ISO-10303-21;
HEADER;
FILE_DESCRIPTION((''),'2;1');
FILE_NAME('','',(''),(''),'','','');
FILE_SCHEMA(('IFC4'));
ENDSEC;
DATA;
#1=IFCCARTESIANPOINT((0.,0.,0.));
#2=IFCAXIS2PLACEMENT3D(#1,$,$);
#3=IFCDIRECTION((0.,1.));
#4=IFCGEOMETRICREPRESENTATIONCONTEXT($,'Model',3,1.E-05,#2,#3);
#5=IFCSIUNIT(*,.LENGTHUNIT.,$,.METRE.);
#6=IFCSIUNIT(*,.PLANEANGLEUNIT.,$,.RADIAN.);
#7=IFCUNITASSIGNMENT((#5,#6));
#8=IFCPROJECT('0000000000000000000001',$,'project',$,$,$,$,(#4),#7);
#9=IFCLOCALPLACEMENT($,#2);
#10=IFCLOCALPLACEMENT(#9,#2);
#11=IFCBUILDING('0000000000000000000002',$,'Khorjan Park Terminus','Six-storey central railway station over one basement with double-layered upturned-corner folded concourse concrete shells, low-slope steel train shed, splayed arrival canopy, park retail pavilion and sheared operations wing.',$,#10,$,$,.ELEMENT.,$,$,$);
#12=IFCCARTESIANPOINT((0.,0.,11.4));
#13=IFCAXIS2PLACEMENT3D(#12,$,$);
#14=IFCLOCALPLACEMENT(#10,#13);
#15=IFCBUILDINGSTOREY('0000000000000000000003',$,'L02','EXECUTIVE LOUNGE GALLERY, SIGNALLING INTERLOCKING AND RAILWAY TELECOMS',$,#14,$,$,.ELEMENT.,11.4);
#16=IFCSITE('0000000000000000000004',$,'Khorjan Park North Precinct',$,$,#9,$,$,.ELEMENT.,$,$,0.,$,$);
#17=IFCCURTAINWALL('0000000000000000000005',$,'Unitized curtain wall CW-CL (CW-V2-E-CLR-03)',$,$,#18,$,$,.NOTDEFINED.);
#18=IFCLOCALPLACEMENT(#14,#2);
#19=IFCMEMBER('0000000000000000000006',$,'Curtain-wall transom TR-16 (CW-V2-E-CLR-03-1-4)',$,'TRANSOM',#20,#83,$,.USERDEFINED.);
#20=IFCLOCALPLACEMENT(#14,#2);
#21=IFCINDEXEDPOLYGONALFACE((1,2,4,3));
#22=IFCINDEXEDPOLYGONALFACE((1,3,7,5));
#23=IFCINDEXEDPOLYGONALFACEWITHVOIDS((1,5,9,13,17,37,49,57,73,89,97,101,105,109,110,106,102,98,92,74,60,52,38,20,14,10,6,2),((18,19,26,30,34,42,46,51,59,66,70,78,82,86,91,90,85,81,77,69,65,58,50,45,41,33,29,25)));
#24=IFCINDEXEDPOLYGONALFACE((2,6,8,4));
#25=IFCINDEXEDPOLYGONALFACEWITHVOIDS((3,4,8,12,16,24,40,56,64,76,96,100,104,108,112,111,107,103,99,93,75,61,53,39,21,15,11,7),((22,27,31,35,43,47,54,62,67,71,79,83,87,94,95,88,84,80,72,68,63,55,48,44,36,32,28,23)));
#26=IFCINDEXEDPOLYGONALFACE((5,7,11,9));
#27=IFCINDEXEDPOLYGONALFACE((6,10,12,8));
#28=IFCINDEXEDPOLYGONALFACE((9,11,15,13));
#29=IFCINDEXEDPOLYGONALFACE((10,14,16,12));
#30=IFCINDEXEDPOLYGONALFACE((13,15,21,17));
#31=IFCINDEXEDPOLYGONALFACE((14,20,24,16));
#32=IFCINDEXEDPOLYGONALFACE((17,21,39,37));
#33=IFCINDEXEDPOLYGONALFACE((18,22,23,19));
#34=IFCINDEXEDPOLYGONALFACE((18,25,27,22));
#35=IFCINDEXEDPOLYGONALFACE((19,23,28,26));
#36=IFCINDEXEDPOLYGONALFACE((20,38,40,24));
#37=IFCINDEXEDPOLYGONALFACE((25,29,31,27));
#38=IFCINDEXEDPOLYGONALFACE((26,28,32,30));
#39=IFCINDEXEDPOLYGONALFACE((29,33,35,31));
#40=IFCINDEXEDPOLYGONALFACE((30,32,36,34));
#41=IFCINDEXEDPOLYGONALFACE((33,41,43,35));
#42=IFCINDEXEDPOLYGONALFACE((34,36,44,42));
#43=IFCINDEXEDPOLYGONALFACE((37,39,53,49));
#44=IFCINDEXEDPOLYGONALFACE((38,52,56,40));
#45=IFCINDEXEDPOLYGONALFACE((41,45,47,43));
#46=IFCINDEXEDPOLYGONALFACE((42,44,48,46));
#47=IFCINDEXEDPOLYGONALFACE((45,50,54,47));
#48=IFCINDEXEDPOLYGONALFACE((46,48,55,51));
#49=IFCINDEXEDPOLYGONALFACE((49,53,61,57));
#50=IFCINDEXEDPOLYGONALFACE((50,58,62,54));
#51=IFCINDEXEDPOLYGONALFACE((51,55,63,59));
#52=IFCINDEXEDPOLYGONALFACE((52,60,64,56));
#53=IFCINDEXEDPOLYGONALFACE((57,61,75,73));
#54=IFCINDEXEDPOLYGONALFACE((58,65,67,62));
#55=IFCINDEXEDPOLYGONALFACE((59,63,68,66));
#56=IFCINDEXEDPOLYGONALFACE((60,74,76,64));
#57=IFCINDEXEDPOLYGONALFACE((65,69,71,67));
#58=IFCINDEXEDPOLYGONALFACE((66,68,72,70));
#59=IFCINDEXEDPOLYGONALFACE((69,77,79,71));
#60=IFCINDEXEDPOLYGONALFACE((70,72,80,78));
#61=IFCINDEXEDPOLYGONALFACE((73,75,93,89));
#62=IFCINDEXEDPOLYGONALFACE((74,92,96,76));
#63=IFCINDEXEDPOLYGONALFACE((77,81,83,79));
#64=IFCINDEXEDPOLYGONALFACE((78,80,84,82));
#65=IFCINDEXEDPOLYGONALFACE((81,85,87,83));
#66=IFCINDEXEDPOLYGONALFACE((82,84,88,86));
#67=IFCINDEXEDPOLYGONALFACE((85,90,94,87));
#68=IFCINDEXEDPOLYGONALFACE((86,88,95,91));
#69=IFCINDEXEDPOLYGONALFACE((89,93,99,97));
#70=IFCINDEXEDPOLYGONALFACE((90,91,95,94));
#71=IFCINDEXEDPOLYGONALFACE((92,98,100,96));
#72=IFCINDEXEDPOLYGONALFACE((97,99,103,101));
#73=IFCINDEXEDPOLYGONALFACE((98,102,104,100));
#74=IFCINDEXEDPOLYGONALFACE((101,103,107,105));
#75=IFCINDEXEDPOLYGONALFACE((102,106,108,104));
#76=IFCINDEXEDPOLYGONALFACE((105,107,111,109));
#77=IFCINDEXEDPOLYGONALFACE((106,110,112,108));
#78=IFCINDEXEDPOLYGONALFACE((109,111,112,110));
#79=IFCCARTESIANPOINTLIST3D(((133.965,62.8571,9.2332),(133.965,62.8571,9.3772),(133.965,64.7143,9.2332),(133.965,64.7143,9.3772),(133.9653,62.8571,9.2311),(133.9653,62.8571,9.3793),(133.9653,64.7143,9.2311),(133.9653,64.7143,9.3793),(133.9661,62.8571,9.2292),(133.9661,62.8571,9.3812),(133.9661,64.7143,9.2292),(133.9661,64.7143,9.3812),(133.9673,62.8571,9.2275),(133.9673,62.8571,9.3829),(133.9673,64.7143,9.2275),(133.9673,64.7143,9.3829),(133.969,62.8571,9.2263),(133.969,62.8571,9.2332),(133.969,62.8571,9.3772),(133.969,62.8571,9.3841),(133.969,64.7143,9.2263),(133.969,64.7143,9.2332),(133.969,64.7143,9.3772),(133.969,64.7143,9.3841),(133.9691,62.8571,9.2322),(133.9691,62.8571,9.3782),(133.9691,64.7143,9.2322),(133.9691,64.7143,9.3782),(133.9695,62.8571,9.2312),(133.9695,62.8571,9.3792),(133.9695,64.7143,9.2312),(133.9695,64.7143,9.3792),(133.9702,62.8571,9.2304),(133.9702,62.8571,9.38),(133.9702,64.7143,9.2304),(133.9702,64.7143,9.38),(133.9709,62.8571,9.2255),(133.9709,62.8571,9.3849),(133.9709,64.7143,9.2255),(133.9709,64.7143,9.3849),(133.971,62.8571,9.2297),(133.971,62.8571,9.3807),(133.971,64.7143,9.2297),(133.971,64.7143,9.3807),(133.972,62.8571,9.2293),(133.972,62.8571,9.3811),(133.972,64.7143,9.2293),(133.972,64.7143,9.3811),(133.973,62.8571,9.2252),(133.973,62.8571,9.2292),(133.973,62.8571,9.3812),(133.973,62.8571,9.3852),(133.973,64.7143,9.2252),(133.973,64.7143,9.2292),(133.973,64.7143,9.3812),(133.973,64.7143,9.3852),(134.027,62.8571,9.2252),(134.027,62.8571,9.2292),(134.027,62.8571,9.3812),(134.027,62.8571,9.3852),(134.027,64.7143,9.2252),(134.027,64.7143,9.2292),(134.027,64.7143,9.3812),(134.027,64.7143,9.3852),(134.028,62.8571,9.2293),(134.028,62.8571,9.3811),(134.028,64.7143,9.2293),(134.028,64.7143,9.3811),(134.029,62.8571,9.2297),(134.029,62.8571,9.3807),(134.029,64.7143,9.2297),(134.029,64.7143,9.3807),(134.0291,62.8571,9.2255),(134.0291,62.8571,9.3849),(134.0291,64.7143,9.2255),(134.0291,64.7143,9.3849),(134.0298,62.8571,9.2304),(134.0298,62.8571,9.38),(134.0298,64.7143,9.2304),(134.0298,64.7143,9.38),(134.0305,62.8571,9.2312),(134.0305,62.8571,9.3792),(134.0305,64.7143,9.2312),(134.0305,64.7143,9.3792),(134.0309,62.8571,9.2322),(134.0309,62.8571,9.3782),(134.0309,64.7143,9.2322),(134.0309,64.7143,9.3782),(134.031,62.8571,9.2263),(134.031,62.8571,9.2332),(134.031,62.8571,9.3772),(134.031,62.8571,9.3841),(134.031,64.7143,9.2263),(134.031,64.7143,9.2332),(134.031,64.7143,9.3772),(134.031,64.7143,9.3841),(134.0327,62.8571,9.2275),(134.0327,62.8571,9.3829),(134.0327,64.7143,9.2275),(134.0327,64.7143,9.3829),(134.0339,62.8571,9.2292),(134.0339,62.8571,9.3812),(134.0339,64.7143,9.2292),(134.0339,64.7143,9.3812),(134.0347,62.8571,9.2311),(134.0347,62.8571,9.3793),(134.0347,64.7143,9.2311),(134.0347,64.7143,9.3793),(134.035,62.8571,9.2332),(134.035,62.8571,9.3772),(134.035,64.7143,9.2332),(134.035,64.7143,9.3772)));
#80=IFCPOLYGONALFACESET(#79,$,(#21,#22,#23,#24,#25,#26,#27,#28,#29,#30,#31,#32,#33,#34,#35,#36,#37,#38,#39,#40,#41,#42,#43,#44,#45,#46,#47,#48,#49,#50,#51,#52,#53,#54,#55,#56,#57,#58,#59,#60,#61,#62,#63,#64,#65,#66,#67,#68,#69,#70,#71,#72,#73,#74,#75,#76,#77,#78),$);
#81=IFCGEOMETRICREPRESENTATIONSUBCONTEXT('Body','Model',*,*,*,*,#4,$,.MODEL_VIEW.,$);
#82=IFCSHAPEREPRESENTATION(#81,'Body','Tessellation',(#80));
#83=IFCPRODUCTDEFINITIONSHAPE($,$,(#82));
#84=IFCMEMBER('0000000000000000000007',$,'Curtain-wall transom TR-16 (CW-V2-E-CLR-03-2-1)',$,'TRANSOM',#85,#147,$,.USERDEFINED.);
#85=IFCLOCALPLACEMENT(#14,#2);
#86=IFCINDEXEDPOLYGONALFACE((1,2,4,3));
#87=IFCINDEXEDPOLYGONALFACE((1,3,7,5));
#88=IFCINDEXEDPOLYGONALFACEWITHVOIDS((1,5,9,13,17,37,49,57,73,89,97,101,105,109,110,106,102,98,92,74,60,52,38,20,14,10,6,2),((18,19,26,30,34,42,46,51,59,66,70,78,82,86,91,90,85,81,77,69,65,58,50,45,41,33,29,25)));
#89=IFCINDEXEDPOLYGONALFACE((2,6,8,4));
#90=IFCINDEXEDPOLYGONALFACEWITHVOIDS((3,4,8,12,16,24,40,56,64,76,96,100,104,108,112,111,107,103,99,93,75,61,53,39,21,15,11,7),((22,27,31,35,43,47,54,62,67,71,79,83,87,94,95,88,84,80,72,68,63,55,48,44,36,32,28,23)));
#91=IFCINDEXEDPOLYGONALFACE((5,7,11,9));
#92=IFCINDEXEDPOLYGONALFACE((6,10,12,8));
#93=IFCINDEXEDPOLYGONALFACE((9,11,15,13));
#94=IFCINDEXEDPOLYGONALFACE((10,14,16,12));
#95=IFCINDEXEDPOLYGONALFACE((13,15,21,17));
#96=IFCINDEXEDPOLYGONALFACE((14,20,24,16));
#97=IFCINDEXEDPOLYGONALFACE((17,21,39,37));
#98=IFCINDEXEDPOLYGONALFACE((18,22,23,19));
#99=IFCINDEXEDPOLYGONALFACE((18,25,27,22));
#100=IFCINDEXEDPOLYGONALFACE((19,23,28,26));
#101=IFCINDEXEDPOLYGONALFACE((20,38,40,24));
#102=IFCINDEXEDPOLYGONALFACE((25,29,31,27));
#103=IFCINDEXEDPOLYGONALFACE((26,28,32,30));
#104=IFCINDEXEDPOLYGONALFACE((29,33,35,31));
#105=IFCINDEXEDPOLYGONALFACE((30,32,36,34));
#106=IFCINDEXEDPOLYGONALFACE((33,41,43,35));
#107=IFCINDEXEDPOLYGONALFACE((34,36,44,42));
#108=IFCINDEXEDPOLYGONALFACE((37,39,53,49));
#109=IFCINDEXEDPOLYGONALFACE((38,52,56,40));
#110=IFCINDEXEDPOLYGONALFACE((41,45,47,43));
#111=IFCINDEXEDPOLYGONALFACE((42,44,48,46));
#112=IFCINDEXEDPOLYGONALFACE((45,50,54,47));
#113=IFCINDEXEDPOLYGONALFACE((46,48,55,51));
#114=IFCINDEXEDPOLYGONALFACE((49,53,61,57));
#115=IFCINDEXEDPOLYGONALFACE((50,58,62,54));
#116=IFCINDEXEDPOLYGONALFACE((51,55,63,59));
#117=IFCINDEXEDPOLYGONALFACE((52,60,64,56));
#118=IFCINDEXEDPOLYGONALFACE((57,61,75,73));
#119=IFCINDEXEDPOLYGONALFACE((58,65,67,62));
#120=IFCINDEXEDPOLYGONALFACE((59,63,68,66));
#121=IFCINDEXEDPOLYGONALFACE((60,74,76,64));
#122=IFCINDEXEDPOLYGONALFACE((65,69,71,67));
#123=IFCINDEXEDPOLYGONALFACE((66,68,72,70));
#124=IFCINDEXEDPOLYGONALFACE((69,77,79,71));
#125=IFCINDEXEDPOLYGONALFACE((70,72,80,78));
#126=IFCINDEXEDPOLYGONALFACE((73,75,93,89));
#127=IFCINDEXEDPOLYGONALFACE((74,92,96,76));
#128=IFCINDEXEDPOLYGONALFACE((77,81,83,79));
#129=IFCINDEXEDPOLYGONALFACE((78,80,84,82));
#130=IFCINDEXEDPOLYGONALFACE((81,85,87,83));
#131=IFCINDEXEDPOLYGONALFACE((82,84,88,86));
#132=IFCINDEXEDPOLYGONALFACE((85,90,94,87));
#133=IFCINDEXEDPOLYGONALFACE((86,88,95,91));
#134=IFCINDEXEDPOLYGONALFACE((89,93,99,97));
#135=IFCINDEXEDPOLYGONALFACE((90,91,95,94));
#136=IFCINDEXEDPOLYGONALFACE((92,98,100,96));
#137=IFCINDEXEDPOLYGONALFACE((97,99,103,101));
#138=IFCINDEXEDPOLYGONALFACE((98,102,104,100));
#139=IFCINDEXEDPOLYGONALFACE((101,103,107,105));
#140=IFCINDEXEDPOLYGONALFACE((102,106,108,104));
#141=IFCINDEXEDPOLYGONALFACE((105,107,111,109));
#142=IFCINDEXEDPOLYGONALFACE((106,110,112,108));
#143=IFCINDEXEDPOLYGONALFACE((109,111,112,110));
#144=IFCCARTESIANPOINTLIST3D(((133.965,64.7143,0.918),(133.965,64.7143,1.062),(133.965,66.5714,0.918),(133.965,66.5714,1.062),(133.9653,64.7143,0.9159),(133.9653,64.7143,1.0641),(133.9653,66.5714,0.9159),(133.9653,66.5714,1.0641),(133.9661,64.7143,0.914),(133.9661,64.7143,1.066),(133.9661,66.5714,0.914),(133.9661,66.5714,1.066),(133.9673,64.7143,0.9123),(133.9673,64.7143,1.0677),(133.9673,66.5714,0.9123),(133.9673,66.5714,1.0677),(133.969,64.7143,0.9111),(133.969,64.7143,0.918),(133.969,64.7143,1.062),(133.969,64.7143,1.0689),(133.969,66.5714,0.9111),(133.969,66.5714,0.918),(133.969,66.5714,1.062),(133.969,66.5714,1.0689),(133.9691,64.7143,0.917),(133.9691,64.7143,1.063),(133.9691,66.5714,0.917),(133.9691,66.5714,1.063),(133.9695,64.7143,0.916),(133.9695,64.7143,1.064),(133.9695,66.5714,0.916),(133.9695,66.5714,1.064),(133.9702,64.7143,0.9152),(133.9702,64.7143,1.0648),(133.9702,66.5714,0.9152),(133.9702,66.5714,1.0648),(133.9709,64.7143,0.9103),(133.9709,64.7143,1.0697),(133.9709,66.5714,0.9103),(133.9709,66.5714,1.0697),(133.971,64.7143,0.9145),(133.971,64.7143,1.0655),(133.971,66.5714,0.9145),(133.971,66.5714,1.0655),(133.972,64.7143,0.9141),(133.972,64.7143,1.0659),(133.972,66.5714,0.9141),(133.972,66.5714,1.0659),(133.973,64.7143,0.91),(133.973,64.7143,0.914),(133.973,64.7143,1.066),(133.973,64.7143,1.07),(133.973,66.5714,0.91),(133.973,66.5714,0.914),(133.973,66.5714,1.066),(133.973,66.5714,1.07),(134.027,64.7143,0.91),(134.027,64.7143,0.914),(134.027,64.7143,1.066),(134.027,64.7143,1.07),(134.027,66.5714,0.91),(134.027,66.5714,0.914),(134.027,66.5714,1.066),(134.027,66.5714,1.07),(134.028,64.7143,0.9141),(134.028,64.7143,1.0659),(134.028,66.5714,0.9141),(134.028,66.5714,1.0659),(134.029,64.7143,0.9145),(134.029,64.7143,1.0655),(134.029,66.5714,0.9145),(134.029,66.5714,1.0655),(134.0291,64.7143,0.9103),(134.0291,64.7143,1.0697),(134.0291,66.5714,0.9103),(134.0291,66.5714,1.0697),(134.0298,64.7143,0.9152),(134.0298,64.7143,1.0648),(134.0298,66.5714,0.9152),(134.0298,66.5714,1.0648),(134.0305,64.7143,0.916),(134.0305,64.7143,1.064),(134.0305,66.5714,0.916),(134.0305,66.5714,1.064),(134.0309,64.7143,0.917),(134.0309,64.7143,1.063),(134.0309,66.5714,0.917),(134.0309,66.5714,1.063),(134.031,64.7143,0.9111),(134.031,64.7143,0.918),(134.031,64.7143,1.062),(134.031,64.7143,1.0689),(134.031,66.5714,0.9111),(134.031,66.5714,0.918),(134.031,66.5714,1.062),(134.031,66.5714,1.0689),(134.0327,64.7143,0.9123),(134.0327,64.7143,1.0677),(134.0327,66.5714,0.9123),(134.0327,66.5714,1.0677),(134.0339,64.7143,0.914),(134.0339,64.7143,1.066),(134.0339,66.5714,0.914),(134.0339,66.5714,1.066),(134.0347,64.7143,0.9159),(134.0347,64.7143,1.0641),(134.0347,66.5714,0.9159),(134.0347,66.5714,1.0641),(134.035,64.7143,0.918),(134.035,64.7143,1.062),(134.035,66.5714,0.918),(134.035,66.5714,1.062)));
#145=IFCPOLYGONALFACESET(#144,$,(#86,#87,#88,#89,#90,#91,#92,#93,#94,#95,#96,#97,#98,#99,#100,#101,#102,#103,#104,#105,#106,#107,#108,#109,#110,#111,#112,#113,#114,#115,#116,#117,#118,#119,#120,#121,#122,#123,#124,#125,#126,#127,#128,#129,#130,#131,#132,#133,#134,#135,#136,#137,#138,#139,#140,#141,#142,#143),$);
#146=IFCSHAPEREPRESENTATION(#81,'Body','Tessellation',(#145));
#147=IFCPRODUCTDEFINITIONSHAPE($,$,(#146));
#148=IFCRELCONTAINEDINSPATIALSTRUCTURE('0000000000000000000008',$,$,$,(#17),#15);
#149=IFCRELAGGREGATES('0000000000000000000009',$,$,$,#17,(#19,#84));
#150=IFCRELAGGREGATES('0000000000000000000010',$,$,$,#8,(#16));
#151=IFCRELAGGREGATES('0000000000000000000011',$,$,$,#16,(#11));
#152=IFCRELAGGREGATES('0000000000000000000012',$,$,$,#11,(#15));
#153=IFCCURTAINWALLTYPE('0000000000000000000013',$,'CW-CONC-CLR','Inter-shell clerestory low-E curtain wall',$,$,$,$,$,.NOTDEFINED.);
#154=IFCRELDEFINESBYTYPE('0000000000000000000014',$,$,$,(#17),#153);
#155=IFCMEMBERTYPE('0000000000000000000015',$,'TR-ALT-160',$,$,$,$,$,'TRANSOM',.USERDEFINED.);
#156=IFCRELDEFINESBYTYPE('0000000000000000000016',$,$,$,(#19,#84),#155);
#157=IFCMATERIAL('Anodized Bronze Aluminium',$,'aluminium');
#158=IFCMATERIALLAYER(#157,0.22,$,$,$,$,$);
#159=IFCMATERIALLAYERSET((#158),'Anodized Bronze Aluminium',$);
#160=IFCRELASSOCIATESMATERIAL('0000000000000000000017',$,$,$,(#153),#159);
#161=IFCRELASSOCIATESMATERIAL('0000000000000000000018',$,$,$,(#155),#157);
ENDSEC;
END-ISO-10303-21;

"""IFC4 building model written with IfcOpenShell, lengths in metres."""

from ifc_helpers import new_model, si_unit, direction, frame, origin, origin_2d, place, context, subcontext, project, spatial, hollow_rectangle, extrude, material, layer, layer_set, material_profile, profile_set, type_object, element, aggregate, save


model = new_model("IFC4")

# Units and contexts
model_context = context("Model", 3, precision=1e-05, world=origin(), true_north=direction((0.0, 1.0)))
body_context = subcontext(model_context, "Body", "Model", "MODEL_VIEW")
ifc_project = project(units=[si_unit("LENGTHUNIT", "METRE"), si_unit("PLANEANGLEUNIT", "RADIAN")], contexts=[model_context])

# Site, building, storey
site_placement = place(None, origin())
site = spatial("IfcSite", under=ifc_project, at=site_placement, Name="Khorjan Park North Precinct", CompositionType="ELEMENT", RefElevation=0.0)
building_placement = place(site_placement, origin())
building = spatial("IfcBuilding", under=site, at=building_placement, Name="Khorjan Park Terminus", Description="Six-storey central railway station over one basement with double-layered upturned-corner folded concourse concrete shells, low-slope steel train shed, splayed arrival canopy, park retail pavilion and sheared operations wing.", CompositionType="ELEMENT")
storey_placement = place(building_placement, frame((0.0, 0.0, 11.4)))
storey = spatial("IfcBuildingStorey", under=building, at=storey_placement, Name="L02", Description="EXECUTIVE LOUNGE GALLERY, SIGNALLING INTERLOCKING AND RAILWAY TELECOMS", CompositionType="ELEMENT", Elevation=11.4)

# Shared definitions
ifc_material_1 = material(Name="Anodized Bronze Aluminium", Category="aluminium")
ifc_layer_1 = layer(ifc_material_1, 0.22)
ifc_layer_set_1 = layer_set([ifc_layer_1], Name="Anodized Bronze Aluminium")
curtain_wall_type = type_object("IfcCurtainWallType", Name="CW-CONC-CLR", Description="Inter-shell clerestory low-E curtain wall", PredefinedType="NOTDEFINED", material=ifc_layer_set_1)

# Curtain wall
curtain_wall_1_placement = place(storey_placement, origin())
curtain_wall_1 = element("IfcCurtainWall", 1, at=curtain_wall_1_placement, inside=storey, type_object=curtain_wall_type, Name="Unitized curtain wall CW-CL (CW-V2-E-CLR-03)", PredefinedType="NOTDEFINED")

# Members
ifc_material_profile_1 = material_profile(ifc_material_1, hollow_rectangle(XDim=0.07, YDim=0.16, WallThickness=0.004, InnerFilletRadius=0.004, OuterFilletRadius=0.008, at=origin_2d()), Name="ALT 70x160x4")
ifc_profile_set_1 = profile_set([ifc_material_profile_1], Name="Anodized Bronze Aluminium")
member_type_1 = type_object("IfcMemberType", Name="TR-ALT-160", ElementType="TRANSOM", PredefinedType="USERDEFINED", material=ifc_profile_set_1)
member_1_placement = place(storey_placement, frame((134.0, 62.8571, 9.3052), z_axis=(0.0, 1.0, 0.0), x_axis=(-1.0, 0.0, 0.0)))
member_1 = element("IfcMember", 2, at=member_1_placement, type_object=member_type_1, Name="Curtain-wall transom TR-16 (CW-V2-E-CLR-03-1-4)", ObjectType="TRANSOM", PredefinedType="USERDEFINED", context=body_context, shape_type="SweptSolid", body=[
    extrude(hollow_rectangle(XDim=0.07, YDim=0.16, WallThickness=0.004, InnerFilletRadius=0.004, OuterFilletRadius=0.008, at=origin_2d()), origin(), (0.0, 0.0, 1.0), 1.8572),
])
member_2_placement = place(storey_placement, frame((134.0, 64.7143, 0.99), z_axis=(0.0, 1.0, 0.0), x_axis=(-1.0, 0.0, 0.0)))
member_2 = element("IfcMember", 3, at=member_2_placement, type_object=member_type_1, Name="Curtain-wall transom TR-16 (CW-V2-E-CLR-03-2-1)", ObjectType="TRANSOM", PredefinedType="USERDEFINED", context=body_context, shape_type="SweptSolid", body=[
    extrude(hollow_rectangle(XDim=0.07, YDim=0.16, WallThickness=0.004, InnerFilletRadius=0.004, OuterFilletRadius=0.008, at=origin_2d()), origin(), (0.0, 0.0, 1.0), 1.8571),
])

aggregate(curtain_wall_1, [member_1, member_2])

save(model, "model.ifc")
